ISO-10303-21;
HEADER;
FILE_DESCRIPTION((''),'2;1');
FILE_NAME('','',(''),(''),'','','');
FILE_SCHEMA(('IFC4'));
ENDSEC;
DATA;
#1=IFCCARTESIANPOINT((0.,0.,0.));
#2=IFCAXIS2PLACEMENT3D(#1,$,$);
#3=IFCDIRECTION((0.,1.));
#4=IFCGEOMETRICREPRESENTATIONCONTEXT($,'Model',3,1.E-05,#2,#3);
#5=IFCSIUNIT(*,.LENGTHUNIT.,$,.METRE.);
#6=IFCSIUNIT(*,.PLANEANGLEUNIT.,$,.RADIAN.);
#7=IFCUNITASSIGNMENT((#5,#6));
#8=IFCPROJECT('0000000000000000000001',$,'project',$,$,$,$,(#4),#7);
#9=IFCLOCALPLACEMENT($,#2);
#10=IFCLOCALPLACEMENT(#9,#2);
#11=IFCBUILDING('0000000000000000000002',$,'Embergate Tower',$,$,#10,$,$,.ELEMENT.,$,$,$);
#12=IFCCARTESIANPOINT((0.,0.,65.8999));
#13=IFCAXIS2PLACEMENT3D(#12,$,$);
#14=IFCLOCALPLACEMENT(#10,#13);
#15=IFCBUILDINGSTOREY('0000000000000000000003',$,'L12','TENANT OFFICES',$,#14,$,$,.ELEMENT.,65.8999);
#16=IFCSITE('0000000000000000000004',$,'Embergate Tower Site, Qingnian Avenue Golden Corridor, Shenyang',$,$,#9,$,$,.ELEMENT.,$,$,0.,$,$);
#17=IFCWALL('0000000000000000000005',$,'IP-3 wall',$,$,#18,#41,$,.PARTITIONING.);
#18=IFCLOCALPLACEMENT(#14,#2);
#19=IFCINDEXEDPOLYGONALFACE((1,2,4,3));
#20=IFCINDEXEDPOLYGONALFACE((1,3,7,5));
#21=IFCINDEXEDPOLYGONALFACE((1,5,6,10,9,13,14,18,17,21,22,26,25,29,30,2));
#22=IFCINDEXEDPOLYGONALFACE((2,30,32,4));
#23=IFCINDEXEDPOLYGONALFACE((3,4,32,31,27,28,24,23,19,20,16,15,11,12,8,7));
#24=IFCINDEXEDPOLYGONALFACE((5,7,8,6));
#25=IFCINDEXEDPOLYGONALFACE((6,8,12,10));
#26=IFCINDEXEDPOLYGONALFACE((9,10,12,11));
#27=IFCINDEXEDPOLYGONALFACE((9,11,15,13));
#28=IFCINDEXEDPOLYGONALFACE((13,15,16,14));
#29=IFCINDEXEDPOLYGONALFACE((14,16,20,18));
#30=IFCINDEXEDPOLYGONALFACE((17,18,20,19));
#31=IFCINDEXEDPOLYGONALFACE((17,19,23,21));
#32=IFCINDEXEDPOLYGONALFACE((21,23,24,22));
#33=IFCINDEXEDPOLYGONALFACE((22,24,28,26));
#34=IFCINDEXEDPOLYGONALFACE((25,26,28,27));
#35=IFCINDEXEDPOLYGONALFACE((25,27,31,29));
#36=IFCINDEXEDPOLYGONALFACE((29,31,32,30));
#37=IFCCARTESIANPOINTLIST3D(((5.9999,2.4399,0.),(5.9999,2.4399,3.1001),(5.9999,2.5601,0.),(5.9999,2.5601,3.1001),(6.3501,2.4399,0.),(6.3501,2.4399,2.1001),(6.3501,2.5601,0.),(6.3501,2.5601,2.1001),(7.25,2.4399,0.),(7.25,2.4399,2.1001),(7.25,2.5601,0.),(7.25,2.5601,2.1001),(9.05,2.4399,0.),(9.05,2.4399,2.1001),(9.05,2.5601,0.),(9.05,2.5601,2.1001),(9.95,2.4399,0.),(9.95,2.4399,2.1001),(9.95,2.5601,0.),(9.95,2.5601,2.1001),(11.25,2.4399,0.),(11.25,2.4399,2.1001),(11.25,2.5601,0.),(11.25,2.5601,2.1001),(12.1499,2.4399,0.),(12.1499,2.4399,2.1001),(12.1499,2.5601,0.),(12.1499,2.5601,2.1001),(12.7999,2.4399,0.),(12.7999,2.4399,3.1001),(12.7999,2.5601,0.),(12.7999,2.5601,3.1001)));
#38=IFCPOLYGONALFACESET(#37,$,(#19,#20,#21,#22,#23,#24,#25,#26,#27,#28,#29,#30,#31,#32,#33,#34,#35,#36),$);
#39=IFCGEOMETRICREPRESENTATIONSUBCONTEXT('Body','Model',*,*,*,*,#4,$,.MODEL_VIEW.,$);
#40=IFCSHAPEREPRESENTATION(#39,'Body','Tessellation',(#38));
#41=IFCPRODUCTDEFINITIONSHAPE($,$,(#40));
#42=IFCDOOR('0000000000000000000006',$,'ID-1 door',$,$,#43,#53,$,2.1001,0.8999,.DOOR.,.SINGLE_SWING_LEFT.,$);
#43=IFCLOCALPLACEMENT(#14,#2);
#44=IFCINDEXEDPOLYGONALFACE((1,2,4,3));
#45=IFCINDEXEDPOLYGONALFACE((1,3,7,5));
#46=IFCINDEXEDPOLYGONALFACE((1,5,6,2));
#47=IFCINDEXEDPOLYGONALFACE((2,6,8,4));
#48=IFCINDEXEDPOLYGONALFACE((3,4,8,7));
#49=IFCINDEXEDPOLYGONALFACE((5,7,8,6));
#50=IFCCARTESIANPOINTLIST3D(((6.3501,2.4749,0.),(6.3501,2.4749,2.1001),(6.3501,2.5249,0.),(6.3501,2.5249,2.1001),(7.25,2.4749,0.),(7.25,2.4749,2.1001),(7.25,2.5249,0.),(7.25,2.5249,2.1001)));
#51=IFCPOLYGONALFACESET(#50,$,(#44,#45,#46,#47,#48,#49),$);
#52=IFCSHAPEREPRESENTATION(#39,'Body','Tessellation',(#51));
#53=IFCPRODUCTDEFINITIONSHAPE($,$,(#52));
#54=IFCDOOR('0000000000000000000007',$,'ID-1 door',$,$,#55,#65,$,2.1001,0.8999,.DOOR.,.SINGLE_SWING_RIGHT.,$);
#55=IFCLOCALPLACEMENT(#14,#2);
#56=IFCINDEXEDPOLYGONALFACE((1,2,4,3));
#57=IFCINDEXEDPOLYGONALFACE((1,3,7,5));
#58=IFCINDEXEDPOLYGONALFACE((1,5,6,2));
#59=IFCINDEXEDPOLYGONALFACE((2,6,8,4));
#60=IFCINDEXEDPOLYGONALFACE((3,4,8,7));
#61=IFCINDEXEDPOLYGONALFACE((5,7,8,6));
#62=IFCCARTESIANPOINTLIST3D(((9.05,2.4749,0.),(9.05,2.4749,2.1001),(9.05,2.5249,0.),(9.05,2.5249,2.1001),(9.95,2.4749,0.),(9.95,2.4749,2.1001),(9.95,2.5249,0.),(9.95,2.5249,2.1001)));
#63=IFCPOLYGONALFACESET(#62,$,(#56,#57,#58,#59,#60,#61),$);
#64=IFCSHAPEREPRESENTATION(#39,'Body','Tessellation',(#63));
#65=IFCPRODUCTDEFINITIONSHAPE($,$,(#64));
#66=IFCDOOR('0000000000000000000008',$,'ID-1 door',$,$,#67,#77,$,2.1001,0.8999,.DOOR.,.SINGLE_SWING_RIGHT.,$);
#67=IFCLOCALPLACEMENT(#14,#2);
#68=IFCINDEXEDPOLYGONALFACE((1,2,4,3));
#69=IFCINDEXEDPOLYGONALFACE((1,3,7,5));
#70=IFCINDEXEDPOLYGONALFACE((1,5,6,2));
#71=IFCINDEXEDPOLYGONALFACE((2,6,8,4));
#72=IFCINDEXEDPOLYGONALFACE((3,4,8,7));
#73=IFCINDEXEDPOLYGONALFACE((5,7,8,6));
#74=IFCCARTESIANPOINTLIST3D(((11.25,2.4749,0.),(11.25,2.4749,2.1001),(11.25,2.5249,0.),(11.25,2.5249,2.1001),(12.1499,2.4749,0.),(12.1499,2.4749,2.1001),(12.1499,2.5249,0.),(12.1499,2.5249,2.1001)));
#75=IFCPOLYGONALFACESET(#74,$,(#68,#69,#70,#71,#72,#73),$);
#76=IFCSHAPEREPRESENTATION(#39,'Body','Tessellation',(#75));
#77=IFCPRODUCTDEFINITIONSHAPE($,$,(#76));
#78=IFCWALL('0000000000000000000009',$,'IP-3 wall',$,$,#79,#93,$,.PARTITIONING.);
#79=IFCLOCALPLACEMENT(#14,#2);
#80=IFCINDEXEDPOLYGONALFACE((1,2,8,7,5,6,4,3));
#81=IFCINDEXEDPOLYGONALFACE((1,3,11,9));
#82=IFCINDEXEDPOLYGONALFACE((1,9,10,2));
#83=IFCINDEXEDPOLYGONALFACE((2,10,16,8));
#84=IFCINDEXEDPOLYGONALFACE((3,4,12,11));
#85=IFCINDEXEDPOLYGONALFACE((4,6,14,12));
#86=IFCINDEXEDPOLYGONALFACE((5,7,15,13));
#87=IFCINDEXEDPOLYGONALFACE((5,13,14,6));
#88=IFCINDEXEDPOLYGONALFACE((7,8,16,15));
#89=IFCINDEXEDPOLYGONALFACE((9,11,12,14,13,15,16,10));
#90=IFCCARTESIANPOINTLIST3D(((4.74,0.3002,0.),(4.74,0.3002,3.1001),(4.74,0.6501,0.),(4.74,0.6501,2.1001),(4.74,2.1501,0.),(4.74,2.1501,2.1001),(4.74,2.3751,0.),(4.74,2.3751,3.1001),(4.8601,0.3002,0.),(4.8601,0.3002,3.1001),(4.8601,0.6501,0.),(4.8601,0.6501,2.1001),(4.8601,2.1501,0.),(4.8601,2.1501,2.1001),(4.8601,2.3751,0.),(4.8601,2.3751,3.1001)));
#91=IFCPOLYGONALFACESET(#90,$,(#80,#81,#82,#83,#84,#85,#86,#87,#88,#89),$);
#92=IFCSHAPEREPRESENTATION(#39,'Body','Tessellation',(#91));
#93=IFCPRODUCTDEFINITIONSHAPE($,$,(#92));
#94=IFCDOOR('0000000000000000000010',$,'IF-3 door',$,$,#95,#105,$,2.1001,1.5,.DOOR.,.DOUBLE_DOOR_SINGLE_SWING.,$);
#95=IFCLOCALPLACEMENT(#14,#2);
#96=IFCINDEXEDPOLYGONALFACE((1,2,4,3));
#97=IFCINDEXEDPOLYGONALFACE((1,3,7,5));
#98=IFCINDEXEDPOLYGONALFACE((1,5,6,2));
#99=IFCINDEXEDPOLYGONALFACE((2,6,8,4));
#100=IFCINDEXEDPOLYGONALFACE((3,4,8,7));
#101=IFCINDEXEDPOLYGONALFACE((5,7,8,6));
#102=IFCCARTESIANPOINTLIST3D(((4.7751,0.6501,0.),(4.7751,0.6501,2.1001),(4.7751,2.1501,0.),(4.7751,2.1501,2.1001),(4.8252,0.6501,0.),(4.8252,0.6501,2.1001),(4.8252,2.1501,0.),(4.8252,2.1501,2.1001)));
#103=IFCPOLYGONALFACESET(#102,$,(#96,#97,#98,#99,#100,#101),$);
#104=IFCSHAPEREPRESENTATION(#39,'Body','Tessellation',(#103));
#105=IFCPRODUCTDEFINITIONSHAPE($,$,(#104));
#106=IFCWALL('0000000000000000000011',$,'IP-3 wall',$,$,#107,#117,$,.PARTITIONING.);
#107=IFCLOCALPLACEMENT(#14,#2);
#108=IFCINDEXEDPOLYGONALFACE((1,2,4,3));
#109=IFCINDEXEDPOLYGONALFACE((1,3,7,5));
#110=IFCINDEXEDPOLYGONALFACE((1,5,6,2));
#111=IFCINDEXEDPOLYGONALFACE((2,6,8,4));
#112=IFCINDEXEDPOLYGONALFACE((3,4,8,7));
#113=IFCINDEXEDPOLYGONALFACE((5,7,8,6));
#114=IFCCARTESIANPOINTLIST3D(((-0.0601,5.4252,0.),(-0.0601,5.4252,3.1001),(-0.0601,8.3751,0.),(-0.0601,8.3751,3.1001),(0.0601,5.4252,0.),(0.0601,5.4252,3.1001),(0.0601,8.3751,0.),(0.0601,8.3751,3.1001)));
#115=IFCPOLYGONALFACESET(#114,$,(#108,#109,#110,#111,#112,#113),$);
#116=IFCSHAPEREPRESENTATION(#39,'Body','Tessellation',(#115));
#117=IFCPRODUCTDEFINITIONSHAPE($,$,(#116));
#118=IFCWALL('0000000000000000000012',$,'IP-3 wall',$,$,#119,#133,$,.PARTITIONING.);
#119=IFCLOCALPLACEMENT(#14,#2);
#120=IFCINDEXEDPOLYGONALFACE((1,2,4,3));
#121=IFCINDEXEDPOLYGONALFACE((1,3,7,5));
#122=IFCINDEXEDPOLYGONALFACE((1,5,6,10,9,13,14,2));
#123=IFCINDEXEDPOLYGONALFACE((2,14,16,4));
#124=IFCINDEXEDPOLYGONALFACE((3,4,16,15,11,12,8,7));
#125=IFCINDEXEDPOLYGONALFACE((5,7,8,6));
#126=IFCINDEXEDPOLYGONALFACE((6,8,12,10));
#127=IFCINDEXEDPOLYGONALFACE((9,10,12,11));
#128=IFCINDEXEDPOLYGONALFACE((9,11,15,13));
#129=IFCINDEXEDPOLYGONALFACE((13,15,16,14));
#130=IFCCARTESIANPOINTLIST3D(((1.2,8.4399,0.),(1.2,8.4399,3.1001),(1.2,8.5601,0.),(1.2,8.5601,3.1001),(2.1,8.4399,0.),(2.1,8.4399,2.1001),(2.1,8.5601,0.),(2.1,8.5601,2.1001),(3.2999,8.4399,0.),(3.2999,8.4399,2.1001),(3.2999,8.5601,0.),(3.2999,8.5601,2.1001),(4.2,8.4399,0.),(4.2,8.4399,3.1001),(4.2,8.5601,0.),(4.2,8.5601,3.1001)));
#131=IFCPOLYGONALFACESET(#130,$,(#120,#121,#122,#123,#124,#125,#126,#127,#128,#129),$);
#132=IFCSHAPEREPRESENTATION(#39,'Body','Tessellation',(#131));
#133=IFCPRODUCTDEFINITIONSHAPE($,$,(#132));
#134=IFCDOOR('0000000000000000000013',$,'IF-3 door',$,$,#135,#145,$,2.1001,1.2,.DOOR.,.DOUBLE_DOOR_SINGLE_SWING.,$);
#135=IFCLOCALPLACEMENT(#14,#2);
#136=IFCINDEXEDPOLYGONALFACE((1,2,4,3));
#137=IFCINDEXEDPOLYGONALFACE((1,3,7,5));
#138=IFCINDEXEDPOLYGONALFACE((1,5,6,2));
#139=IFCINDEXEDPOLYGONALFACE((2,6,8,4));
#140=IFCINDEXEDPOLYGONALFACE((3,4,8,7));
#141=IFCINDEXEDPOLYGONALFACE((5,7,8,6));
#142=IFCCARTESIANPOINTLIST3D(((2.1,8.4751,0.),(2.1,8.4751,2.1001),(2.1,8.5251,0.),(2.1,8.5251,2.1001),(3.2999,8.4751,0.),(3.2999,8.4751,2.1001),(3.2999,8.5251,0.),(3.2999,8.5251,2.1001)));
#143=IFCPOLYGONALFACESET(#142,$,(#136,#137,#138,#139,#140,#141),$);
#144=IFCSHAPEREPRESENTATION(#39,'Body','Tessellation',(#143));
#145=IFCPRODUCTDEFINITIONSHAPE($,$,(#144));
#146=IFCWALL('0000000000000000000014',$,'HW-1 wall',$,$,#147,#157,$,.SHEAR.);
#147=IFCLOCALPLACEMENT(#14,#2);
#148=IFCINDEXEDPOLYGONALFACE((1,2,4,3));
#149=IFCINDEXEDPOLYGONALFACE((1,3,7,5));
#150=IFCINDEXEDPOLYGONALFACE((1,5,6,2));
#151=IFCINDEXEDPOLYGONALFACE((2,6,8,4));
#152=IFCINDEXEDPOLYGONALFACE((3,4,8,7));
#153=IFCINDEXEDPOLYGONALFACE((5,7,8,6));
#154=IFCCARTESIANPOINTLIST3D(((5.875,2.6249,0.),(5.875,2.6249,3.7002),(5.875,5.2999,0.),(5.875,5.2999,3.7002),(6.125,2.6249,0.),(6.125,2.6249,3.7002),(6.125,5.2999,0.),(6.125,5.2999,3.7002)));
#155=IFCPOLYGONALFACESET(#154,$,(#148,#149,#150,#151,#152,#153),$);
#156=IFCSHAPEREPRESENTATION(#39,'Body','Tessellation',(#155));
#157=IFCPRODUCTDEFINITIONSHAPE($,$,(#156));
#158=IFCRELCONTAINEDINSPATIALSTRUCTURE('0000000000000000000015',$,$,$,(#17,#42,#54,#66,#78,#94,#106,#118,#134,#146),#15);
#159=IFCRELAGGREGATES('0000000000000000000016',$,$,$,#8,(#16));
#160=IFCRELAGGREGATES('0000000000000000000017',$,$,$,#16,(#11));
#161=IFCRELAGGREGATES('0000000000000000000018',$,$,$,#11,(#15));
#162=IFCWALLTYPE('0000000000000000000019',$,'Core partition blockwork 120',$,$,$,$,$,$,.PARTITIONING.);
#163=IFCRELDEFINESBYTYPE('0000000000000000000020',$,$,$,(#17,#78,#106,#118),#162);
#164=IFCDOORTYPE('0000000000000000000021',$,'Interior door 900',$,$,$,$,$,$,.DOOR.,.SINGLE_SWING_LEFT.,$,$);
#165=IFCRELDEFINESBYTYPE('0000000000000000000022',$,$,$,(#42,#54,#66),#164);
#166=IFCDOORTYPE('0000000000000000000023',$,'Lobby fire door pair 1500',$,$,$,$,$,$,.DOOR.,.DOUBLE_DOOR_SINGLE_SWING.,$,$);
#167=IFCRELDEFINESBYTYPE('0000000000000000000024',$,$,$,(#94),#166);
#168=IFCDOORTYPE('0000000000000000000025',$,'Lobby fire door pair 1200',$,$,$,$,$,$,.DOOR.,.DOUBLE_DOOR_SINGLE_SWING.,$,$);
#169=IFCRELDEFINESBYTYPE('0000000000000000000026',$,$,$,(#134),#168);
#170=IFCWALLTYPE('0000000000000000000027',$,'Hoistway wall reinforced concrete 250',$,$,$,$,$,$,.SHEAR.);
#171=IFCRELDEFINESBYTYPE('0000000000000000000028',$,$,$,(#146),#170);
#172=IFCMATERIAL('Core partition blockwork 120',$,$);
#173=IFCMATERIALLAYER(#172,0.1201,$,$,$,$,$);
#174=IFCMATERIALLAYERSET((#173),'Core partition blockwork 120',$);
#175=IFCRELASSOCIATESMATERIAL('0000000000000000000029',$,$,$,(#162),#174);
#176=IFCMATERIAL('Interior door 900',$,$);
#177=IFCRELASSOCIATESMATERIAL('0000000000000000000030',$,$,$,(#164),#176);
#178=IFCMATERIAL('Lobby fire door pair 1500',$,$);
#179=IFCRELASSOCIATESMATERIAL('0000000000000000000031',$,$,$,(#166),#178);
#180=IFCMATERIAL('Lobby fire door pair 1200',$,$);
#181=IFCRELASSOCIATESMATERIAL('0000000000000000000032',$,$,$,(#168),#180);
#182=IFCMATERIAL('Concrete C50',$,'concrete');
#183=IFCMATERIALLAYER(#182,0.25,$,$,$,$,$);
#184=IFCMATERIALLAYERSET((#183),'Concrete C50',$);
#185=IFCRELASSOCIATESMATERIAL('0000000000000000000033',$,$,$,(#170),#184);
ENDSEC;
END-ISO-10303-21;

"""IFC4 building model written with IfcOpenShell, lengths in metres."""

from ifc_helpers import new_model, si_unit, direction, frame, frame_2d, origin, place, context, subcontext, project, spatial, rectangle, extrude, source, transform, mapped, material, layer, layer_set, type_object, element, fill, save


model = new_model("IFC4")

# Units and contexts
model_context = context("Model", 3, precision=1e-05, world=origin(), true_north=direction((0.0, 1.0)))
body_context = subcontext(model_context, "Body", "Model", "MODEL_VIEW")
ifc_project = project(units=[si_unit("LENGTHUNIT", "METRE"), si_unit("PLANEANGLEUNIT", "RADIAN")], contexts=[model_context])

# Site, building, storey
site_placement = place(None, origin())
site = spatial("IfcSite", under=ifc_project, at=site_placement, Name="Embergate Tower Site, Qingnian Avenue Golden Corridor, Shenyang", CompositionType="ELEMENT", RefElevation=0.0)
building_placement = place(site_placement, origin())
building = spatial("IfcBuilding", under=site, at=building_placement, Name="Embergate Tower", CompositionType="ELEMENT")
storey_placement = place(building_placement, frame((0.0, 0.0, 65.8999)))
storey = spatial("IfcBuildingStorey", under=building, at=storey_placement, Name="L12", Description="TENANT OFFICES", CompositionType="ELEMENT", Elevation=65.8999)

# Wall, openings, doors
ifc_material_1 = material(Name="Core partition blockwork 120")
ifc_layer_1 = layer(ifc_material_1, 0.1201)
ifc_layer_set_1 = layer_set([ifc_layer_1], Name="Core partition blockwork 120")
wall_type_1 = type_object("IfcWallType", Name="Core partition blockwork 120", PredefinedType="PARTITIONING", material=ifc_layer_set_1)
shared_shape_1 = source(origin(), body_context, "Body", "SweptSolid", [
    extrude(rectangle(XDim=6.8, YDim=0.1201, at=frame_2d((3.3999, 0.0))), origin(), (0.0, 0.0, 1.0), 3.1001),
])
wall_1_placement = place(storey_placement, frame((6.0, 2.5, 0.0), z_axis=(0.0, 0.0, 1.0), x_axis=(1.0, 0.0, 0.0)))
wall_1 = element("IfcWall", 1, at=wall_1_placement, inside=storey, type_object=wall_type_1, Name="IP-3 wall", PredefinedType="PARTITIONING", context=body_context, shape_type="MappedRepresentation", body=[
    mapped(shared_shape_1, transform((0.0, 0.0, 0.0))),
])
shared_shape_2 = source(origin(), body_context, "Body", "SweptSolid", [
    extrude(rectangle(XDim=0.8999, YDim=2.1001, at=frame_2d((0.45, 1.05))), frame((0.0, 0.0701, 0.0), z_axis=(0.0, -1.0, 0.0), x_axis=(1.0, 0.0, 0.0)), (0.0, 0.0, 1.0), 0.1401),
])
opening_1_placement = place(wall_1_placement, frame((0.3501, 0.0, 0.0)))
opening_1 = element("IfcOpeningElement", 2, at=opening_1_placement, cuts=wall_1, PredefinedType="OPENING", context=body_context, shape_type="MappedRepresentation", body=[
    mapped(shared_shape_2, transform((0.0, 0.0, 0.0))),
])
opening_2_placement = place(wall_1_placement, frame((3.05, 0.0, 0.0)))
opening_2 = element("IfcOpeningElement", 3, at=opening_2_placement, cuts=wall_1, PredefinedType="OPENING", context=body_context, shape_type="MappedRepresentation", body=[
    mapped(shared_shape_2, transform((0.0, 0.0, 0.0))),
])
opening_3_placement = place(wall_1_placement, frame((5.25, 0.0, 0.0)))
opening_3 = element("IfcOpeningElement", 4, at=opening_3_placement, cuts=wall_1, PredefinedType="OPENING", context=body_context, shape_type="MappedRepresentation", body=[
    mapped(shared_shape_2, transform((0.0, 0.0, 0.0))),
])
ifc_material_2 = material(Name="Interior door 900")
door_type_1 = type_object("IfcDoorType", Name="Interior door 900", OperationType="SINGLE_SWING_LEFT", PredefinedType="DOOR", material=ifc_material_2)
shared_shape_3 = source(origin(), body_context, "Body", "SweptSolid", [
    extrude(rectangle(XDim=0.8999, YDim=2.1001, at=frame_2d((0.45, 1.05))), frame((0.0, 0.0249, 0.0), z_axis=(0.0, -1.0, 0.0), x_axis=(1.0, 0.0, 0.0)), (0.0, 0.0, 1.0), 0.05),
])
door_1_placement = place(opening_1_placement, origin())
door_1 = element("IfcDoor", 5, at=door_1_placement, inside=storey, type_object=door_type_1, Name="ID-1 door", OperationType="SINGLE_SWING_LEFT", OverallHeight=2.1001, OverallWidth=0.8999, PredefinedType="DOOR", context=body_context, shape_type="MappedRepresentation", body=[
    mapped(shared_shape_3, transform((0.0, 0.0, 0.0))),
])
fill(opening_1, door_1)
door_2_placement = place(opening_2_placement, origin())
door_2 = element("IfcDoor", 6, at=door_2_placement, inside=storey, type_object=door_type_1, Name="ID-1 door", OperationType="SINGLE_SWING_RIGHT", OverallHeight=2.1001, OverallWidth=0.8999, PredefinedType="DOOR", context=body_context, shape_type="MappedRepresentation", body=[
    mapped(shared_shape_3, transform((0.0, 0.0, 0.0))),
])
fill(opening_2, door_2)
door_3_placement = place(opening_3_placement, origin())
door_3 = element("IfcDoor", 7, at=door_3_placement, inside=storey, type_object=door_type_1, Name="ID-1 door", OperationType="SINGLE_SWING_RIGHT", OverallHeight=2.1001, OverallWidth=0.8999, PredefinedType="DOOR", context=body_context, shape_type="MappedRepresentation", body=[
    mapped(shared_shape_3, transform((0.0, 0.0, 0.0))),
])
fill(opening_3, door_3)

# Wall, opening, door
shared_shape_4 = source(origin(), body_context, "Body", "SweptSolid", [
    extrude(rectangle(XDim=2.075, YDim=0.1201, at=frame_2d((1.0376, 0.0))), origin(), (0.0, 0.0, 1.0), 3.1001),
])
wall_2_placement = place(storey_placement, frame((4.8, 0.3, 0.0), z_axis=(0.0, 0.0, 1.0), x_axis=(0.0, 1.0, 0.0)))
wall_2 = element("IfcWall", 8, at=wall_2_placement, inside=storey, type_object=wall_type_1, Name="IP-3 wall", PredefinedType="PARTITIONING", context=body_context, shape_type="MappedRepresentation", body=[
    mapped(shared_shape_4, transform((0.0, 0.0, 0.0))),
])
shared_shape_5 = source(origin(), body_context, "Body", "SweptSolid", [
    extrude(rectangle(XDim=1.5, YDim=2.1001, at=frame_2d((0.75, 1.05))), frame((0.0, 0.0701, 0.0), z_axis=(0.0, -1.0, 0.0), x_axis=(1.0, 0.0, 0.0)), (0.0, 0.0, 1.0), 0.1401),
])
opening_4_placement = place(wall_2_placement, frame((0.3501, 0.0, 0.0)))
opening_4 = element("IfcOpeningElement", 9, at=opening_4_placement, cuts=wall_2, PredefinedType="OPENING", context=body_context, shape_type="MappedRepresentation", body=[
    mapped(shared_shape_5, transform((0.0, 0.0, 0.0))),
])
ifc_material_3 = material(Name="Lobby fire door pair 1500")
door_type_2 = type_object("IfcDoorType", Name="Lobby fire door pair 1500", OperationType="DOUBLE_DOOR_SINGLE_SWING", PredefinedType="DOOR", material=ifc_material_3)
shared_shape_6 = source(origin(), body_context, "Body", "SweptSolid", [
    extrude(rectangle(XDim=1.5, YDim=2.1001, at=frame_2d((0.75, 1.05))), frame((0.0, 0.0249, 0.0), z_axis=(0.0, -1.0, 0.0), x_axis=(1.0, 0.0, 0.0)), (0.0, 0.0, 1.0), 0.05),
])
door_4_placement = place(opening_4_placement, origin())
door_4 = element("IfcDoor", 10, at=door_4_placement, inside=storey, type_object=door_type_2, Name="IF-3 door", OperationType="DOUBLE_DOOR_SINGLE_SWING", OverallHeight=2.1001, OverallWidth=1.5, PredefinedType="DOOR", context=body_context, shape_type="MappedRepresentation", body=[
    mapped(shared_shape_6, transform((0.0, 0.0, 0.0))),
])
fill(opening_4, door_4)

# Wall
shared_shape_7 = source(origin(), body_context, "Body", "SweptSolid", [
    extrude(rectangle(XDim=2.95, YDim=0.1201, at=frame_2d((1.4751, 0.0))), origin(), (0.0, 0.0, 1.0), 3.1001),
])
wall_3_placement = place(storey_placement, frame((0.0, 5.425, 0.0), z_axis=(0.0, 0.0, 1.0), x_axis=(0.0, 1.0, 0.0)))
element("IfcWall", 11, at=wall_3_placement, inside=storey, type_object=wall_type_1, Name="IP-3 wall", PredefinedType="PARTITIONING", context=body_context, shape_type="MappedRepresentation", body=[
    mapped(shared_shape_7, transform((0.0, 0.0, 0.0))),
])

# Wall, opening, door
shared_shape_8 = source(origin(), body_context, "Body", "SweptSolid", [
    extrude(rectangle(XDim=3.0, YDim=0.1201, at=frame_2d((1.5, 0.0))), origin(), (0.0, 0.0, 1.0), 3.1001),
])
wall_4_placement = place(storey_placement, frame((4.2, 8.5, 0.0), z_axis=(0.0, 0.0, 1.0), x_axis=(-1.0, 0.0, 0.0)))
wall_4 = element("IfcWall", 12, at=wall_4_placement, inside=storey, type_object=wall_type_1, Name="IP-3 wall", PredefinedType="PARTITIONING", context=body_context, shape_type="MappedRepresentation", body=[
    mapped(shared_shape_8, transform((0.0, 0.0, 0.0))),
])
shared_shape_9 = source(origin(), body_context, "Body", "SweptSolid", [
    extrude(rectangle(XDim=1.2, YDim=2.1001, at=frame_2d((0.6001, 1.05))), frame((0.0, 0.0701, 0.0), z_axis=(0.0, -1.0, 0.0), x_axis=(1.0, 0.0, 0.0)), (0.0, 0.0, 1.0), 0.1401),
])
opening_5_placement = place(wall_4_placement, frame((0.8999, 0.0, 0.0)))
opening_5 = element("IfcOpeningElement", 13, at=opening_5_placement, cuts=wall_4, PredefinedType="OPENING", context=body_context, shape_type="MappedRepresentation", body=[
    mapped(shared_shape_9, transform((0.0, 0.0, 0.0))),
])
ifc_material_4 = material(Name="Lobby fire door pair 1200")
door_type_3 = type_object("IfcDoorType", Name="Lobby fire door pair 1200", OperationType="DOUBLE_DOOR_SINGLE_SWING", PredefinedType="DOOR", material=ifc_material_4)
shared_shape_10 = source(origin(), body_context, "Body", "SweptSolid", [
    extrude(rectangle(XDim=1.2, YDim=2.1001, at=frame_2d((0.6001, 1.05))), frame((0.0, 0.0249, 0.0), z_axis=(0.0, -1.0, 0.0), x_axis=(1.0, 0.0, 0.0)), (0.0, 0.0, 1.0), 0.05),
])
door_5_placement = place(opening_5_placement, origin())
door_5 = element("IfcDoor", 14, at=door_5_placement, inside=storey, type_object=door_type_3, Name="IF-3 door", OperationType="DOUBLE_DOOR_SINGLE_SWING", OverallHeight=2.1001, OverallWidth=1.2, PredefinedType="DOOR", context=body_context, shape_type="MappedRepresentation", body=[
    mapped(shared_shape_10, transform((0.0, 0.0, 0.0))),
])
fill(opening_5, door_5)

# Wall
ifc_material_5 = material(Name="Concrete C50", Category="concrete")
ifc_layer_2 = layer(ifc_material_5, 0.25)
ifc_layer_set_2 = layer_set([ifc_layer_2], Name="Concrete C50")
wall_type_2 = type_object("IfcWallType", Name="Hoistway wall reinforced concrete 250", PredefinedType="SHEAR", material=ifc_layer_set_2)
shared_shape_11 = source(origin(), body_context, "Body", "SweptSolid", [
    extrude(rectangle(XDim=2.675, YDim=0.25, at=frame_2d((1.3374, 0.0))), origin(), (0.0, 0.0, 1.0), 3.7002),
])
wall_5_placement = place(storey_placement, frame((6.0, 2.625, 0.0), z_axis=(0.0, 0.0, 1.0), x_axis=(0.0, 1.0, 0.0)))
element("IfcWall", 15, at=wall_5_placement, inside=storey, type_object=wall_type_2, Name="HW-1 wall", PredefinedType="SHEAR", context=body_context, shape_type="MappedRepresentation", body=[
    mapped(shared_shape_11, transform((0.0, 0.0, 0.0))),
])

save(model, "model.ifc")
